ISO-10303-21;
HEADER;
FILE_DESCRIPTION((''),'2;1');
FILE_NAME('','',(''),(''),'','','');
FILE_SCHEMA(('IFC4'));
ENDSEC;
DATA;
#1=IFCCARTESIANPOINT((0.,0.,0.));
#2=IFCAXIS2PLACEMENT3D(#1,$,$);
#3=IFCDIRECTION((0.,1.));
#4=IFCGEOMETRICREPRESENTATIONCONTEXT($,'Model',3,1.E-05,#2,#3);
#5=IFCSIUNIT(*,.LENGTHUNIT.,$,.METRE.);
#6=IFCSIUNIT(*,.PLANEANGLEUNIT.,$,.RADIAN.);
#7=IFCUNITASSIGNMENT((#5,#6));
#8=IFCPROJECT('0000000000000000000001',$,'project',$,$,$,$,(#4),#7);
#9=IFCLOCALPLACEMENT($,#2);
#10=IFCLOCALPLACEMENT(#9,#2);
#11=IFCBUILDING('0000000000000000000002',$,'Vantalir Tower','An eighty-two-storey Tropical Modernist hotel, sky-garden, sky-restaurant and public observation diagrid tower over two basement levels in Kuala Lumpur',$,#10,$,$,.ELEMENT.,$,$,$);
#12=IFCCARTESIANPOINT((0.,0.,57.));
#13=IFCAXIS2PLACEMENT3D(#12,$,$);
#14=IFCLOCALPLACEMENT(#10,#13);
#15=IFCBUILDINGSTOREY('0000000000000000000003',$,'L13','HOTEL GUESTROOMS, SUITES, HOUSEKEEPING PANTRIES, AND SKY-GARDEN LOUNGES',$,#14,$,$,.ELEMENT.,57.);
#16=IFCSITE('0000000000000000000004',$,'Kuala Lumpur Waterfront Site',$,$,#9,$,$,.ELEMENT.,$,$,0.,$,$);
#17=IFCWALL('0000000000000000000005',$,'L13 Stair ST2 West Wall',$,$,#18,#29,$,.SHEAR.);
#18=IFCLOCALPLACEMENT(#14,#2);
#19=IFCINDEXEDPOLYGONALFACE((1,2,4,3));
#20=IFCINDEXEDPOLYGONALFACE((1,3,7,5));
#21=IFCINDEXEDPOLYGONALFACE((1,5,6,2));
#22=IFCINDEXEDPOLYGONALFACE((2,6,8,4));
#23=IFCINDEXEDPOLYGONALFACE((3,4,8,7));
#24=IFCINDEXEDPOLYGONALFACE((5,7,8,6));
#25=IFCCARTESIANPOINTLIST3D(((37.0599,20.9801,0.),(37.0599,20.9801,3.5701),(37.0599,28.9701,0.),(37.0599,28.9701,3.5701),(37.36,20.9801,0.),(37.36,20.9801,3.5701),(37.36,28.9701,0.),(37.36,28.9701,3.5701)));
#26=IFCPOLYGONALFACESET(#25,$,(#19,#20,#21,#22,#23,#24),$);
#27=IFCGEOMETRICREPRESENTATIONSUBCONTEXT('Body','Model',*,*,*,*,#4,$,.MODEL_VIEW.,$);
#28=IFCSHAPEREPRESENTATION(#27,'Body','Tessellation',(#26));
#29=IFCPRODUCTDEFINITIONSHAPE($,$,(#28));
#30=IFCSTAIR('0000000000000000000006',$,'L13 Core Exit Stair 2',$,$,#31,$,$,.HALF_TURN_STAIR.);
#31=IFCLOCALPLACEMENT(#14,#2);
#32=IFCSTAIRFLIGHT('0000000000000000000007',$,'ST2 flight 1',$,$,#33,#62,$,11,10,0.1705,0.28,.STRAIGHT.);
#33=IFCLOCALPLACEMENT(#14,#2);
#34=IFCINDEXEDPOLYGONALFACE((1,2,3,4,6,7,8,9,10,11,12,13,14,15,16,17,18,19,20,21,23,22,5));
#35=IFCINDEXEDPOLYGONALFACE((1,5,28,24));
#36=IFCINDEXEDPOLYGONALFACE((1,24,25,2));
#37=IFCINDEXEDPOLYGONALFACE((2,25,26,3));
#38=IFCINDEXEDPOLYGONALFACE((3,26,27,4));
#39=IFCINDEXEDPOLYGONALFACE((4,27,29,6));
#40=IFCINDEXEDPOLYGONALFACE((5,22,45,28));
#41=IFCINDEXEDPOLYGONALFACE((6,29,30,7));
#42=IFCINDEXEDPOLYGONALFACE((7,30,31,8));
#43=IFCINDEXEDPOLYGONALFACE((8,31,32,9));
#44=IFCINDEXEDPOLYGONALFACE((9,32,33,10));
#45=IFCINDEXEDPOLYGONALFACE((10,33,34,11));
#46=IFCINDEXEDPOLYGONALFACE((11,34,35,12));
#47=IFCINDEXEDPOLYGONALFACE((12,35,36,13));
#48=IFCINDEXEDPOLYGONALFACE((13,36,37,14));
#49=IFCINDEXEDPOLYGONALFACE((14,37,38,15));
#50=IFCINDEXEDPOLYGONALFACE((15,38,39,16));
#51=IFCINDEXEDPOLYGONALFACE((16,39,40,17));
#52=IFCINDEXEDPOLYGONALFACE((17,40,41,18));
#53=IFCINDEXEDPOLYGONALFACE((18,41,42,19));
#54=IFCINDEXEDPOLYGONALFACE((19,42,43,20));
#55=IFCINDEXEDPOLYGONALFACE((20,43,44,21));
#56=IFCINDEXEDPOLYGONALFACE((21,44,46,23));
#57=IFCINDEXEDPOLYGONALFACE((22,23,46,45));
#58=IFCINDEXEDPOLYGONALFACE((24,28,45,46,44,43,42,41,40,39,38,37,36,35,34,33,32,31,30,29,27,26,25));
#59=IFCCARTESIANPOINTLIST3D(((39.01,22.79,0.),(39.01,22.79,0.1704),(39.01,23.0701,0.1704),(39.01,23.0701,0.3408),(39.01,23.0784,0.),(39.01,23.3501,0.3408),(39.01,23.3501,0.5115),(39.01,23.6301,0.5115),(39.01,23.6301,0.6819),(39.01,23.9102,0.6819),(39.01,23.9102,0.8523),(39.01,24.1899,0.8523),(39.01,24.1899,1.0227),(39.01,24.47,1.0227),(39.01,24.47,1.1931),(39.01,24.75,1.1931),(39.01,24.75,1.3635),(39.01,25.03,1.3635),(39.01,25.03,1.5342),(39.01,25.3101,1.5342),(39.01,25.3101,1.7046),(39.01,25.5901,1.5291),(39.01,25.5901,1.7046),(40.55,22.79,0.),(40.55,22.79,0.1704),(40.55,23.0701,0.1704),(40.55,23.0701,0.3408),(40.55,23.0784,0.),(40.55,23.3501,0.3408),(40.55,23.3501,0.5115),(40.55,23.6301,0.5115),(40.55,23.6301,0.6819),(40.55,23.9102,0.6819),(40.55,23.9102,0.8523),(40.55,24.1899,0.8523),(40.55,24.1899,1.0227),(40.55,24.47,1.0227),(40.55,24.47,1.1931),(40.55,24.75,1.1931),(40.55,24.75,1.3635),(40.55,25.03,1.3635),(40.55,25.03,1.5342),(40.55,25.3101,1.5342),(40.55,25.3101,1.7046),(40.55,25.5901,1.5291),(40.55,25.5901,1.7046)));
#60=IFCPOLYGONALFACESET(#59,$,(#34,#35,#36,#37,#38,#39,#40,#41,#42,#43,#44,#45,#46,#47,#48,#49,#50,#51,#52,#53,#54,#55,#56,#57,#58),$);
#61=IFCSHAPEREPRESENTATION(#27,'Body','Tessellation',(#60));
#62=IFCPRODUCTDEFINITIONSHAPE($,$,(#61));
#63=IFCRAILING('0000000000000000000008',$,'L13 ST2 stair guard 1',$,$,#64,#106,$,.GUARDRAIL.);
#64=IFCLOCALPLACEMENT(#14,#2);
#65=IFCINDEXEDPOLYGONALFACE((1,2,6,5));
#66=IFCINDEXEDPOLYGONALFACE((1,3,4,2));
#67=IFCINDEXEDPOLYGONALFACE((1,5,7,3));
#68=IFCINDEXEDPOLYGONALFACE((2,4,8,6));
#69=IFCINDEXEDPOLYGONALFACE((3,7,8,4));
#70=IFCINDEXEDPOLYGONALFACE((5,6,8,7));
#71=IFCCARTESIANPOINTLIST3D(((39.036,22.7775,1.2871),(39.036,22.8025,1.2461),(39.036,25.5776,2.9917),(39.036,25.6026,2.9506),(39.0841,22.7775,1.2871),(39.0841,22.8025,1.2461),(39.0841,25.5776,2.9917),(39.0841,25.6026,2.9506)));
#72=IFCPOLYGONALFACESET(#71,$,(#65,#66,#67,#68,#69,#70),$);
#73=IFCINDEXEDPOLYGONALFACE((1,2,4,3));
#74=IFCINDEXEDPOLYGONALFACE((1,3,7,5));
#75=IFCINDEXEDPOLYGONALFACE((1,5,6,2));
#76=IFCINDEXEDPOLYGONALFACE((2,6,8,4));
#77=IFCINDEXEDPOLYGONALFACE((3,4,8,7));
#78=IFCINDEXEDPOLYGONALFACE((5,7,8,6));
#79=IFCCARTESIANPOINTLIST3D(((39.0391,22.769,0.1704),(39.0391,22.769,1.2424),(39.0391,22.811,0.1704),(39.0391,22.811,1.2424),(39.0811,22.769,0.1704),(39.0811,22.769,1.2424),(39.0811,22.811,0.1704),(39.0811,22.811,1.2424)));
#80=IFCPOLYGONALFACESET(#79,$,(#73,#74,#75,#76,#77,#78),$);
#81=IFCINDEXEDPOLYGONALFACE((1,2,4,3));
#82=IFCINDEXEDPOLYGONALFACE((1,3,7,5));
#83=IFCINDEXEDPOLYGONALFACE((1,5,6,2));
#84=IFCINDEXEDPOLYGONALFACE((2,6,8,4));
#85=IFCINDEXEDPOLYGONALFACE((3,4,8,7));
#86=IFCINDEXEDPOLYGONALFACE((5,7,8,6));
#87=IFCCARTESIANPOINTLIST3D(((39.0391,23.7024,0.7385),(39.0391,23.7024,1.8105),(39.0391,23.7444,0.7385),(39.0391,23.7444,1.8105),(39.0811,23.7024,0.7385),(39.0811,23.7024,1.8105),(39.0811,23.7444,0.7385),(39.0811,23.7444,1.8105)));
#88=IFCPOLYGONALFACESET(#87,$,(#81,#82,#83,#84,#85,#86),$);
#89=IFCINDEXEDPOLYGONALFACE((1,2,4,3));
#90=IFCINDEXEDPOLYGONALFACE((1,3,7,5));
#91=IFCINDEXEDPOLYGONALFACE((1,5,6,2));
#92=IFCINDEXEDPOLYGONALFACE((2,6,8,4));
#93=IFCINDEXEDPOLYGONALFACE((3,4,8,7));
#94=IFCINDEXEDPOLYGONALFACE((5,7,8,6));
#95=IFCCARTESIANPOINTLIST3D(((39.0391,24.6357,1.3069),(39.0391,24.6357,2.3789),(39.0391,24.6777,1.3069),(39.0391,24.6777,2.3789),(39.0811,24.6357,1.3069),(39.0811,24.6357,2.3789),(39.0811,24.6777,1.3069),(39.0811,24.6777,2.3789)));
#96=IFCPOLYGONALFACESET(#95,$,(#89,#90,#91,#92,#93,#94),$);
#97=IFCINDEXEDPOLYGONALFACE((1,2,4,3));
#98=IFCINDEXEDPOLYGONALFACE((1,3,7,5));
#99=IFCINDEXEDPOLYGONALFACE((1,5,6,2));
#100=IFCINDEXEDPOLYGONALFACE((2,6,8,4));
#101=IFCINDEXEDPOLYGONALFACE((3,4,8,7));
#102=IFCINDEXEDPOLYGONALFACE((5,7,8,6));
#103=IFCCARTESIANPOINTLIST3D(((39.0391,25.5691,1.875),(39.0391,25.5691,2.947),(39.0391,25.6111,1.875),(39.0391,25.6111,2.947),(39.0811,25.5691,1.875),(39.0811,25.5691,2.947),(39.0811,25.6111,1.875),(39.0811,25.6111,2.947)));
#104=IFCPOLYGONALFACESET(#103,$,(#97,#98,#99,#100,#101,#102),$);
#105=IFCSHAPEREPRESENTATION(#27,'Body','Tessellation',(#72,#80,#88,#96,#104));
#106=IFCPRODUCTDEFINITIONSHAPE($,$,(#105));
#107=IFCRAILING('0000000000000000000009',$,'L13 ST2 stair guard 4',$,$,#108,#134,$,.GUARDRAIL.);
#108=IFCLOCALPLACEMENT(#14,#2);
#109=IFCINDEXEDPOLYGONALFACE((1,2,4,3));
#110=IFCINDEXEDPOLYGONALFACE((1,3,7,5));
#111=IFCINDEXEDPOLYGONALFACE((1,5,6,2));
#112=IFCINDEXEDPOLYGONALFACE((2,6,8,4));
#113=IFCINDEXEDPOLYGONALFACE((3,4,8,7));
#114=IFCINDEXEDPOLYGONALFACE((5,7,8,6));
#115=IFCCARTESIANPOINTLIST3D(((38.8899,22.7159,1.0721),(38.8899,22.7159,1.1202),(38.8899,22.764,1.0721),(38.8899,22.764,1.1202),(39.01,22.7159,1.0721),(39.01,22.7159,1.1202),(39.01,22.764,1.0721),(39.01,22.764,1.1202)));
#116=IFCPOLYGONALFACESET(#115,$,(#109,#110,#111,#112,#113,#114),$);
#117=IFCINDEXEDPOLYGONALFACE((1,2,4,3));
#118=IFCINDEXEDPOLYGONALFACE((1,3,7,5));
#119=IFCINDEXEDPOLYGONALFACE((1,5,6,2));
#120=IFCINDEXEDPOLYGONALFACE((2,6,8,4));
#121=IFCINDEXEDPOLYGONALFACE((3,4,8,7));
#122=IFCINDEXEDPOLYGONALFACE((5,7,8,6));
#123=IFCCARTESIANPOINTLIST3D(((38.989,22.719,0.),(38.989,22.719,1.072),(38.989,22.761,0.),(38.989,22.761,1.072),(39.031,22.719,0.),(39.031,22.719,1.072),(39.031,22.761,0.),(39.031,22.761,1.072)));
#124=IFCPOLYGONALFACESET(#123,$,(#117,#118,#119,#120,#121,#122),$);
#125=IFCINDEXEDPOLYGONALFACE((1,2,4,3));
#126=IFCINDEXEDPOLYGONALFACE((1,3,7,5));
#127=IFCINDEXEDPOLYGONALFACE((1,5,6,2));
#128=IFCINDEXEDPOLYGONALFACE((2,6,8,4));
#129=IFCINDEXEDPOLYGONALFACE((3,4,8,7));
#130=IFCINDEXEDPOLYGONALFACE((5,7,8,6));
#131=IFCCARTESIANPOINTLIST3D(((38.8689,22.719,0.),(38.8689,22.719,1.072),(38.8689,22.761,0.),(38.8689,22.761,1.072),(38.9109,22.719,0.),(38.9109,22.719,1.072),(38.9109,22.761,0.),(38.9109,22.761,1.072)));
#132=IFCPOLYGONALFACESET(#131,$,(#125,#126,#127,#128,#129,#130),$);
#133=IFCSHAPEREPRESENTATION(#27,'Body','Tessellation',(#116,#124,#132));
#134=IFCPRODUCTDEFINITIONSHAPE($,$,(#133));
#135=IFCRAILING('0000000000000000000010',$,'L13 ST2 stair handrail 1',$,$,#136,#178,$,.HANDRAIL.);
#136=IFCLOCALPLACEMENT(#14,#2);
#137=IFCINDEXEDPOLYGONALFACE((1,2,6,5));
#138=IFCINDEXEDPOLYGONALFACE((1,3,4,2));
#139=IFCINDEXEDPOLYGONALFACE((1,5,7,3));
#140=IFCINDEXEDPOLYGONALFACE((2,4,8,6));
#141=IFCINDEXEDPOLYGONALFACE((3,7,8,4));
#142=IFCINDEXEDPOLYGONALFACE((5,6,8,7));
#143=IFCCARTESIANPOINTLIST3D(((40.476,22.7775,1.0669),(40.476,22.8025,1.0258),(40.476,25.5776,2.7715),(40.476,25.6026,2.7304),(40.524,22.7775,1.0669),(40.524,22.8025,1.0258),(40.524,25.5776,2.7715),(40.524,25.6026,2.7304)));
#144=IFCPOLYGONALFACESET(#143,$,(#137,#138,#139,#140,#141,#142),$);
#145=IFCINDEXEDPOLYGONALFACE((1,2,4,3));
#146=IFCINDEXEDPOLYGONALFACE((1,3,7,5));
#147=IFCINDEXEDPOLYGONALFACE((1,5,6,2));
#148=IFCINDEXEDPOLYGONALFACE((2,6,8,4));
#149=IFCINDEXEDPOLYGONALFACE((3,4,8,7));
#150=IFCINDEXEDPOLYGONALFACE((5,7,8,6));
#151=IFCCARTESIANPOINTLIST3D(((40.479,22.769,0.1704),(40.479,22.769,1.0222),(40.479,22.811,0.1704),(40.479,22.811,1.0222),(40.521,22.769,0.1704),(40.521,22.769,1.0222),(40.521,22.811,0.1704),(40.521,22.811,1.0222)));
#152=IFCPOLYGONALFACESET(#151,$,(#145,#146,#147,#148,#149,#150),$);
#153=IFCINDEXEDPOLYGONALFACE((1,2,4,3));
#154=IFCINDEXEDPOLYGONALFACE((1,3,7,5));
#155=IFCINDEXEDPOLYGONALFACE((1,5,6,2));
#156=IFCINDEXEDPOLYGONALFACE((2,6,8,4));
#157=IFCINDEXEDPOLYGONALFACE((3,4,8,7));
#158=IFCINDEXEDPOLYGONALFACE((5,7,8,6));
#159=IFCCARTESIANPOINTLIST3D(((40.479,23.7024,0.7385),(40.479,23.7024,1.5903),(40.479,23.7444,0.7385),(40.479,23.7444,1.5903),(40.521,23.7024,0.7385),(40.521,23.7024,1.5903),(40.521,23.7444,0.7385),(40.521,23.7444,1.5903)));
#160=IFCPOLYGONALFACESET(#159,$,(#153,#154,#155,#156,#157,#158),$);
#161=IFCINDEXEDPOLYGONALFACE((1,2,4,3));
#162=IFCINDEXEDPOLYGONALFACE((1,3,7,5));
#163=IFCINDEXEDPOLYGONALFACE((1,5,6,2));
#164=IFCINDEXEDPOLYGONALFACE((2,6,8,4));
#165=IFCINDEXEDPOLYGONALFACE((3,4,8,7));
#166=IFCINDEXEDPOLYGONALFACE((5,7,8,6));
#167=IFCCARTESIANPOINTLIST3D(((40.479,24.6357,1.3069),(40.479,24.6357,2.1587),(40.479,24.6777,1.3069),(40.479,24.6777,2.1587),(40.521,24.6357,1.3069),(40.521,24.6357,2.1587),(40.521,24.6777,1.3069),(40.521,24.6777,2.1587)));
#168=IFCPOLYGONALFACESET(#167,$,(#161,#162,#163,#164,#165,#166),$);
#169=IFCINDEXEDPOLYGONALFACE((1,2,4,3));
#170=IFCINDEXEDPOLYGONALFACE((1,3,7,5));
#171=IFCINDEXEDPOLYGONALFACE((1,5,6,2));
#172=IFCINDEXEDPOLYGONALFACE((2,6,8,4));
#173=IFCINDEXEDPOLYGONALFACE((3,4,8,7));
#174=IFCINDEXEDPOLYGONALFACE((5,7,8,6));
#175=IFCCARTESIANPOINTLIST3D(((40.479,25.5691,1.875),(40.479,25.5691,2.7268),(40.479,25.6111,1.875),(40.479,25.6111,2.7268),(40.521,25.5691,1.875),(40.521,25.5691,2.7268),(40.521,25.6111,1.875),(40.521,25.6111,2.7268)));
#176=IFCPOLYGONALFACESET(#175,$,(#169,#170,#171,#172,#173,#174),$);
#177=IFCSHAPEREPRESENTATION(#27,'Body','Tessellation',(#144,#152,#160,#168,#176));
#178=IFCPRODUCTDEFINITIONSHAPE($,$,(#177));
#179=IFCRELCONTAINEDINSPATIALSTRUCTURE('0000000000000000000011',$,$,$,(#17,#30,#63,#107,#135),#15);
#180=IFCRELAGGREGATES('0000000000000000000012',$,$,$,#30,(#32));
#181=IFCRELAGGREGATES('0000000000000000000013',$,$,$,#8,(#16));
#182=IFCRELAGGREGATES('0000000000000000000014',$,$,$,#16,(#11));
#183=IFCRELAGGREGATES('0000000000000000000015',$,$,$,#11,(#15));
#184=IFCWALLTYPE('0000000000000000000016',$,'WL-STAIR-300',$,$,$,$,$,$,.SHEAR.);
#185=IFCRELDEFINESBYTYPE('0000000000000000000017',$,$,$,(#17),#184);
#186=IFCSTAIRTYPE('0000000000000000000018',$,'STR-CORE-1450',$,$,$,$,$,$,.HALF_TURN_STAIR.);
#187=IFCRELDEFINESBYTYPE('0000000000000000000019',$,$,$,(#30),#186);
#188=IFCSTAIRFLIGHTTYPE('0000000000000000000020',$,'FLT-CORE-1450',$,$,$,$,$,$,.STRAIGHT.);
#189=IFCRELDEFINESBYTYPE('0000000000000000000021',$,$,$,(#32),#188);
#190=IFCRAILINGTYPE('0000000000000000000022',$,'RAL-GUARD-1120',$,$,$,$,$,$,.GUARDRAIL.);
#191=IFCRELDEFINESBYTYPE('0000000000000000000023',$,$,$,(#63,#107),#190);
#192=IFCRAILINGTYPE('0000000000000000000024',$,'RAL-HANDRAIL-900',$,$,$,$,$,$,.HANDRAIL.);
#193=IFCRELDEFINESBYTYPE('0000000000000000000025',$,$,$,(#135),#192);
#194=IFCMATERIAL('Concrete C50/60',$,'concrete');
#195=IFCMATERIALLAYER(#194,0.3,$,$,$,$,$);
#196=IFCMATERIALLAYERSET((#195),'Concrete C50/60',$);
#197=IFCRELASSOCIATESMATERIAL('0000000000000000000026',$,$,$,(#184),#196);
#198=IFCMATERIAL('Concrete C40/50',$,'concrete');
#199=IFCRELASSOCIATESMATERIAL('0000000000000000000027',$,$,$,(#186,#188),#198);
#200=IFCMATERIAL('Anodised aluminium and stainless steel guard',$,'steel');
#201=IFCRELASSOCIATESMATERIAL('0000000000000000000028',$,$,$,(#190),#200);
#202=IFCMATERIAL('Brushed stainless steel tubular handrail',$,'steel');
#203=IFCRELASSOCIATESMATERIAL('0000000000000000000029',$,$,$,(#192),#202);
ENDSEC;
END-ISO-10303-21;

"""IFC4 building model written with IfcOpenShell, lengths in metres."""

from ifc_helpers import new_model, si_unit, direction, frame, frame_2d, origin, origin_2d, place, context, subcontext, project, spatial, polyline, rectangle, outline, extrude, material, layer, layer_set, type_object, element, aggregate, save


model = new_model("IFC4")

# Units and contexts
model_context = context("Model", 3, precision=1e-05, world=origin(), true_north=direction((0.0, 1.0)))
body_context = subcontext(model_context, "Body", "Model", "MODEL_VIEW")
ifc_project = project(units=[si_unit("LENGTHUNIT", "METRE"), si_unit("PLANEANGLEUNIT", "RADIAN")], contexts=[model_context])

# Site, building, storey
site_placement = place(None, origin())
site = spatial("IfcSite", under=ifc_project, at=site_placement, Name="Kuala Lumpur Waterfront Site", CompositionType="ELEMENT", RefElevation=0.0)
building_placement = place(site_placement, origin())
building = spatial("IfcBuilding", under=site, at=building_placement, Name="Vantalir Tower", Description="An eighty-two-storey Tropical Modernist hotel, sky-garden, sky-restaurant and public observation diagrid tower over two basement levels in Kuala Lumpur", CompositionType="ELEMENT")
storey_placement = place(building_placement, frame((0.0, 0.0, 57.0)))
storey = spatial("IfcBuildingStorey", under=building, at=storey_placement, Name="L13", Description="HOTEL GUESTROOMS, SUITES, HOUSEKEEPING PANTRIES, AND SKY-GARDEN LOUNGES", CompositionType="ELEMENT", Elevation=57.0)

# Wall
ifc_material_1 = material(Name="Concrete C50/60", Category="concrete")
ifc_layer_1 = layer(ifc_material_1, 0.3)
ifc_layer_set_1 = layer_set([ifc_layer_1], Name="Concrete C50/60")
wall_type_1 = type_object("IfcWallType", Name="WL-STAIR-300", PredefinedType="SHEAR", material=ifc_layer_set_1)
wall_1_placement = place(storey_placement, frame((37.21, 20.98, 0.0), z_axis=(0.0, 0.0, 1.0), x_axis=(0.0, 1.0, 0.0)))
element("IfcWall", 1, at=wall_1_placement, inside=storey, type_object=wall_type_1, Name="L13 Stair ST2 West Wall", PredefinedType="SHEAR", context=body_context, shape_type="SweptSolid", body=[
    extrude(rectangle(XDim=7.99, YDim=0.3, at=frame_2d((3.9951, 0.0))), origin(), (0.0, 0.0, 1.0), 3.5701),
])

# Stair, stair flight
ifc_material_2 = material(Name="Concrete C40/50", Category="concrete")
stair_type = type_object("IfcStairType", Name="STR-CORE-1450", PredefinedType="HALF_TURN_STAIR", material=ifc_material_2)
stair_placement = place(storey_placement, origin())
stair = element("IfcStair", 2, at=stair_placement, inside=storey, type_object=stair_type, Name="L13 Core Exit Stair 2", PredefinedType="HALF_TURN_STAIR")
stair_flight_type = type_object("IfcStairFlightType", Name="FLT-CORE-1450", PredefinedType="STRAIGHT", material=ifc_material_2)
stair_flight_placement = place(storey_placement, frame((39.78, 22.79, 0.0), z_axis=(0.0, 0.0, 1.0), x_axis=(0.0, 1.0, 0.0)))
stair_flight = element("IfcStairFlight", 3, at=stair_flight_placement, type_object=stair_flight_type, Name="ST2 flight 1", NumberOfRisers=11, NumberOfTreads=10, PredefinedType="STRAIGHT", RiserHeight=0.1705, TreadLength=0.28, context=body_context, shape_type="SweptSolid", body=[
    extrude(outline(polyline([(0.0, 0.0), (0.0, 0.1704), (0.28, 0.1704), (0.28, 0.3408), (0.5601, 0.3408), (0.5601, 0.5115), (0.8401, 0.5115), (0.8401, 0.6819), (1.1201, 0.6819), (1.1201, 0.8523), (1.3999, 0.8523), (1.3999, 1.0227), (1.6799, 1.0227), (1.6799, 1.1931), (1.96, 1.1931), (1.96, 1.3635), (2.24, 1.3635), (2.24, 1.5342), (2.52, 1.5342), (2.52, 1.7046), (2.8, 1.7046), (2.8, 1.875), (2.8, 1.5291), (0.2883, 0.0), (0.0, 0.0)])), frame((0.0, 0.77, 0.0), z_axis=(0.0, -1.0, 0.0), x_axis=(1.0, 0.0, 0.0)), (0.0, 0.0, 1.0), 1.54),
])
aggregate(stair, [stair_flight])

# Railings
ifc_material_3 = material(Name="Anodised aluminium and stainless steel guard", Category="steel")
railing_type_1 = type_object("IfcRailingType", Name="RAL-GUARD-1120", PredefinedType="GUARDRAIL", material=ifc_material_3)
railing_1_placement = place(storey_placement, frame((39.0601, 22.79, 0.1704)))
element("IfcRailing", 4, at=railing_1_placement, inside=storey, type_object=railing_type_1, Name="L13 ST2 stair guard 1", PredefinedType="GUARDRAIL", context=body_context, shape_type="SweptSolid", body=[
    extrude(rectangle(XDim=0.0481, YDim=0.0481, at=origin_2d()), frame((0.0, 0.0, 1.0962), z_axis=(0.0, 0.85417, 0.519994), x_axis=(-1.0, 0.0, 0.0)), (0.0, 0.0, 1.0), 3.2781),
    extrude(rectangle(XDim=0.042, YDim=0.042, at=origin_2d()), origin(), (0.0, 0.0, 1.0), 1.072),
    extrude(rectangle(XDim=0.042, YDim=0.042, at=origin_2d()), frame((0.0, 0.9333, 0.5681)), (0.0, 0.0, 1.0), 1.072),
    extrude(rectangle(XDim=0.042, YDim=0.042, at=origin_2d()), frame((0.0, 1.8667, 1.1365)), (0.0, 0.0, 1.0), 1.072),
    extrude(rectangle(XDim=0.042, YDim=0.042, at=origin_2d()), frame((0.0, 2.8, 1.7046)), (0.0, 0.0, 1.0), 1.072),
])
railing_2_placement = place(storey_placement, frame((39.01, 22.74, 0.0)))
element("IfcRailing", 5, at=railing_2_placement, inside=storey, type_object=railing_type_1, Name="L13 ST2 stair guard 4", PredefinedType="GUARDRAIL", context=body_context, shape_type="SweptSolid", body=[
    extrude(rectangle(XDim=0.0481, YDim=0.0481, at=origin_2d()), frame((0.0, 0.0, 1.0962), z_axis=(-1.0, 0.0, 0.0), x_axis=(0.0, -1.0, 0.0)), (0.0, 0.0, 1.0), 0.1201),
    extrude(rectangle(XDim=0.042, YDim=0.042, at=origin_2d()), origin(), (0.0, 0.0, 1.0), 1.072),
    extrude(rectangle(XDim=0.042, YDim=0.042, at=origin_2d()), frame((-0.1201, 0.0, 0.0)), (0.0, 0.0, 1.0), 1.072),
])
ifc_material_4 = material(Name="Brushed stainless steel tubular handrail", Category="steel")
railing_type_2 = type_object("IfcRailingType", Name="RAL-HANDRAIL-900", PredefinedType="HANDRAIL", material=ifc_material_4)
railing_3_placement = place(storey_placement, frame((40.5, 22.79, 0.1704)))
element("IfcRailing", 6, at=railing_3_placement, inside=storey, type_object=railing_type_2, Name="L13 ST2 stair handrail 1", PredefinedType="HANDRAIL", context=body_context, shape_type="SweptSolid", body=[
    extrude(rectangle(XDim=0.0481, YDim=0.0481, at=origin_2d()), frame((0.0, 0.0, 0.876), z_axis=(0.0, 0.85417, 0.519994), x_axis=(-1.0, 0.0, 0.0)), (0.0, 0.0, 1.0), 3.2781),
    extrude(rectangle(XDim=0.042, YDim=0.042, at=origin_2d()), origin(), (0.0, 0.0, 1.0), 0.8518),
    extrude(rectangle(XDim=0.042, YDim=0.042, at=origin_2d()), frame((0.0, 0.9333, 0.5681)), (0.0, 0.0, 1.0), 0.8518),
    extrude(rectangle(XDim=0.042, YDim=0.042, at=origin_2d()), frame((0.0, 1.8667, 1.1365)), (0.0, 0.0, 1.0), 0.8518),
    extrude(rectangle(XDim=0.042, YDim=0.042, at=origin_2d()), frame((0.0, 2.8, 1.7046)), (0.0, 0.0, 1.0), 0.8518),
])

save(model, "model.ifc")
